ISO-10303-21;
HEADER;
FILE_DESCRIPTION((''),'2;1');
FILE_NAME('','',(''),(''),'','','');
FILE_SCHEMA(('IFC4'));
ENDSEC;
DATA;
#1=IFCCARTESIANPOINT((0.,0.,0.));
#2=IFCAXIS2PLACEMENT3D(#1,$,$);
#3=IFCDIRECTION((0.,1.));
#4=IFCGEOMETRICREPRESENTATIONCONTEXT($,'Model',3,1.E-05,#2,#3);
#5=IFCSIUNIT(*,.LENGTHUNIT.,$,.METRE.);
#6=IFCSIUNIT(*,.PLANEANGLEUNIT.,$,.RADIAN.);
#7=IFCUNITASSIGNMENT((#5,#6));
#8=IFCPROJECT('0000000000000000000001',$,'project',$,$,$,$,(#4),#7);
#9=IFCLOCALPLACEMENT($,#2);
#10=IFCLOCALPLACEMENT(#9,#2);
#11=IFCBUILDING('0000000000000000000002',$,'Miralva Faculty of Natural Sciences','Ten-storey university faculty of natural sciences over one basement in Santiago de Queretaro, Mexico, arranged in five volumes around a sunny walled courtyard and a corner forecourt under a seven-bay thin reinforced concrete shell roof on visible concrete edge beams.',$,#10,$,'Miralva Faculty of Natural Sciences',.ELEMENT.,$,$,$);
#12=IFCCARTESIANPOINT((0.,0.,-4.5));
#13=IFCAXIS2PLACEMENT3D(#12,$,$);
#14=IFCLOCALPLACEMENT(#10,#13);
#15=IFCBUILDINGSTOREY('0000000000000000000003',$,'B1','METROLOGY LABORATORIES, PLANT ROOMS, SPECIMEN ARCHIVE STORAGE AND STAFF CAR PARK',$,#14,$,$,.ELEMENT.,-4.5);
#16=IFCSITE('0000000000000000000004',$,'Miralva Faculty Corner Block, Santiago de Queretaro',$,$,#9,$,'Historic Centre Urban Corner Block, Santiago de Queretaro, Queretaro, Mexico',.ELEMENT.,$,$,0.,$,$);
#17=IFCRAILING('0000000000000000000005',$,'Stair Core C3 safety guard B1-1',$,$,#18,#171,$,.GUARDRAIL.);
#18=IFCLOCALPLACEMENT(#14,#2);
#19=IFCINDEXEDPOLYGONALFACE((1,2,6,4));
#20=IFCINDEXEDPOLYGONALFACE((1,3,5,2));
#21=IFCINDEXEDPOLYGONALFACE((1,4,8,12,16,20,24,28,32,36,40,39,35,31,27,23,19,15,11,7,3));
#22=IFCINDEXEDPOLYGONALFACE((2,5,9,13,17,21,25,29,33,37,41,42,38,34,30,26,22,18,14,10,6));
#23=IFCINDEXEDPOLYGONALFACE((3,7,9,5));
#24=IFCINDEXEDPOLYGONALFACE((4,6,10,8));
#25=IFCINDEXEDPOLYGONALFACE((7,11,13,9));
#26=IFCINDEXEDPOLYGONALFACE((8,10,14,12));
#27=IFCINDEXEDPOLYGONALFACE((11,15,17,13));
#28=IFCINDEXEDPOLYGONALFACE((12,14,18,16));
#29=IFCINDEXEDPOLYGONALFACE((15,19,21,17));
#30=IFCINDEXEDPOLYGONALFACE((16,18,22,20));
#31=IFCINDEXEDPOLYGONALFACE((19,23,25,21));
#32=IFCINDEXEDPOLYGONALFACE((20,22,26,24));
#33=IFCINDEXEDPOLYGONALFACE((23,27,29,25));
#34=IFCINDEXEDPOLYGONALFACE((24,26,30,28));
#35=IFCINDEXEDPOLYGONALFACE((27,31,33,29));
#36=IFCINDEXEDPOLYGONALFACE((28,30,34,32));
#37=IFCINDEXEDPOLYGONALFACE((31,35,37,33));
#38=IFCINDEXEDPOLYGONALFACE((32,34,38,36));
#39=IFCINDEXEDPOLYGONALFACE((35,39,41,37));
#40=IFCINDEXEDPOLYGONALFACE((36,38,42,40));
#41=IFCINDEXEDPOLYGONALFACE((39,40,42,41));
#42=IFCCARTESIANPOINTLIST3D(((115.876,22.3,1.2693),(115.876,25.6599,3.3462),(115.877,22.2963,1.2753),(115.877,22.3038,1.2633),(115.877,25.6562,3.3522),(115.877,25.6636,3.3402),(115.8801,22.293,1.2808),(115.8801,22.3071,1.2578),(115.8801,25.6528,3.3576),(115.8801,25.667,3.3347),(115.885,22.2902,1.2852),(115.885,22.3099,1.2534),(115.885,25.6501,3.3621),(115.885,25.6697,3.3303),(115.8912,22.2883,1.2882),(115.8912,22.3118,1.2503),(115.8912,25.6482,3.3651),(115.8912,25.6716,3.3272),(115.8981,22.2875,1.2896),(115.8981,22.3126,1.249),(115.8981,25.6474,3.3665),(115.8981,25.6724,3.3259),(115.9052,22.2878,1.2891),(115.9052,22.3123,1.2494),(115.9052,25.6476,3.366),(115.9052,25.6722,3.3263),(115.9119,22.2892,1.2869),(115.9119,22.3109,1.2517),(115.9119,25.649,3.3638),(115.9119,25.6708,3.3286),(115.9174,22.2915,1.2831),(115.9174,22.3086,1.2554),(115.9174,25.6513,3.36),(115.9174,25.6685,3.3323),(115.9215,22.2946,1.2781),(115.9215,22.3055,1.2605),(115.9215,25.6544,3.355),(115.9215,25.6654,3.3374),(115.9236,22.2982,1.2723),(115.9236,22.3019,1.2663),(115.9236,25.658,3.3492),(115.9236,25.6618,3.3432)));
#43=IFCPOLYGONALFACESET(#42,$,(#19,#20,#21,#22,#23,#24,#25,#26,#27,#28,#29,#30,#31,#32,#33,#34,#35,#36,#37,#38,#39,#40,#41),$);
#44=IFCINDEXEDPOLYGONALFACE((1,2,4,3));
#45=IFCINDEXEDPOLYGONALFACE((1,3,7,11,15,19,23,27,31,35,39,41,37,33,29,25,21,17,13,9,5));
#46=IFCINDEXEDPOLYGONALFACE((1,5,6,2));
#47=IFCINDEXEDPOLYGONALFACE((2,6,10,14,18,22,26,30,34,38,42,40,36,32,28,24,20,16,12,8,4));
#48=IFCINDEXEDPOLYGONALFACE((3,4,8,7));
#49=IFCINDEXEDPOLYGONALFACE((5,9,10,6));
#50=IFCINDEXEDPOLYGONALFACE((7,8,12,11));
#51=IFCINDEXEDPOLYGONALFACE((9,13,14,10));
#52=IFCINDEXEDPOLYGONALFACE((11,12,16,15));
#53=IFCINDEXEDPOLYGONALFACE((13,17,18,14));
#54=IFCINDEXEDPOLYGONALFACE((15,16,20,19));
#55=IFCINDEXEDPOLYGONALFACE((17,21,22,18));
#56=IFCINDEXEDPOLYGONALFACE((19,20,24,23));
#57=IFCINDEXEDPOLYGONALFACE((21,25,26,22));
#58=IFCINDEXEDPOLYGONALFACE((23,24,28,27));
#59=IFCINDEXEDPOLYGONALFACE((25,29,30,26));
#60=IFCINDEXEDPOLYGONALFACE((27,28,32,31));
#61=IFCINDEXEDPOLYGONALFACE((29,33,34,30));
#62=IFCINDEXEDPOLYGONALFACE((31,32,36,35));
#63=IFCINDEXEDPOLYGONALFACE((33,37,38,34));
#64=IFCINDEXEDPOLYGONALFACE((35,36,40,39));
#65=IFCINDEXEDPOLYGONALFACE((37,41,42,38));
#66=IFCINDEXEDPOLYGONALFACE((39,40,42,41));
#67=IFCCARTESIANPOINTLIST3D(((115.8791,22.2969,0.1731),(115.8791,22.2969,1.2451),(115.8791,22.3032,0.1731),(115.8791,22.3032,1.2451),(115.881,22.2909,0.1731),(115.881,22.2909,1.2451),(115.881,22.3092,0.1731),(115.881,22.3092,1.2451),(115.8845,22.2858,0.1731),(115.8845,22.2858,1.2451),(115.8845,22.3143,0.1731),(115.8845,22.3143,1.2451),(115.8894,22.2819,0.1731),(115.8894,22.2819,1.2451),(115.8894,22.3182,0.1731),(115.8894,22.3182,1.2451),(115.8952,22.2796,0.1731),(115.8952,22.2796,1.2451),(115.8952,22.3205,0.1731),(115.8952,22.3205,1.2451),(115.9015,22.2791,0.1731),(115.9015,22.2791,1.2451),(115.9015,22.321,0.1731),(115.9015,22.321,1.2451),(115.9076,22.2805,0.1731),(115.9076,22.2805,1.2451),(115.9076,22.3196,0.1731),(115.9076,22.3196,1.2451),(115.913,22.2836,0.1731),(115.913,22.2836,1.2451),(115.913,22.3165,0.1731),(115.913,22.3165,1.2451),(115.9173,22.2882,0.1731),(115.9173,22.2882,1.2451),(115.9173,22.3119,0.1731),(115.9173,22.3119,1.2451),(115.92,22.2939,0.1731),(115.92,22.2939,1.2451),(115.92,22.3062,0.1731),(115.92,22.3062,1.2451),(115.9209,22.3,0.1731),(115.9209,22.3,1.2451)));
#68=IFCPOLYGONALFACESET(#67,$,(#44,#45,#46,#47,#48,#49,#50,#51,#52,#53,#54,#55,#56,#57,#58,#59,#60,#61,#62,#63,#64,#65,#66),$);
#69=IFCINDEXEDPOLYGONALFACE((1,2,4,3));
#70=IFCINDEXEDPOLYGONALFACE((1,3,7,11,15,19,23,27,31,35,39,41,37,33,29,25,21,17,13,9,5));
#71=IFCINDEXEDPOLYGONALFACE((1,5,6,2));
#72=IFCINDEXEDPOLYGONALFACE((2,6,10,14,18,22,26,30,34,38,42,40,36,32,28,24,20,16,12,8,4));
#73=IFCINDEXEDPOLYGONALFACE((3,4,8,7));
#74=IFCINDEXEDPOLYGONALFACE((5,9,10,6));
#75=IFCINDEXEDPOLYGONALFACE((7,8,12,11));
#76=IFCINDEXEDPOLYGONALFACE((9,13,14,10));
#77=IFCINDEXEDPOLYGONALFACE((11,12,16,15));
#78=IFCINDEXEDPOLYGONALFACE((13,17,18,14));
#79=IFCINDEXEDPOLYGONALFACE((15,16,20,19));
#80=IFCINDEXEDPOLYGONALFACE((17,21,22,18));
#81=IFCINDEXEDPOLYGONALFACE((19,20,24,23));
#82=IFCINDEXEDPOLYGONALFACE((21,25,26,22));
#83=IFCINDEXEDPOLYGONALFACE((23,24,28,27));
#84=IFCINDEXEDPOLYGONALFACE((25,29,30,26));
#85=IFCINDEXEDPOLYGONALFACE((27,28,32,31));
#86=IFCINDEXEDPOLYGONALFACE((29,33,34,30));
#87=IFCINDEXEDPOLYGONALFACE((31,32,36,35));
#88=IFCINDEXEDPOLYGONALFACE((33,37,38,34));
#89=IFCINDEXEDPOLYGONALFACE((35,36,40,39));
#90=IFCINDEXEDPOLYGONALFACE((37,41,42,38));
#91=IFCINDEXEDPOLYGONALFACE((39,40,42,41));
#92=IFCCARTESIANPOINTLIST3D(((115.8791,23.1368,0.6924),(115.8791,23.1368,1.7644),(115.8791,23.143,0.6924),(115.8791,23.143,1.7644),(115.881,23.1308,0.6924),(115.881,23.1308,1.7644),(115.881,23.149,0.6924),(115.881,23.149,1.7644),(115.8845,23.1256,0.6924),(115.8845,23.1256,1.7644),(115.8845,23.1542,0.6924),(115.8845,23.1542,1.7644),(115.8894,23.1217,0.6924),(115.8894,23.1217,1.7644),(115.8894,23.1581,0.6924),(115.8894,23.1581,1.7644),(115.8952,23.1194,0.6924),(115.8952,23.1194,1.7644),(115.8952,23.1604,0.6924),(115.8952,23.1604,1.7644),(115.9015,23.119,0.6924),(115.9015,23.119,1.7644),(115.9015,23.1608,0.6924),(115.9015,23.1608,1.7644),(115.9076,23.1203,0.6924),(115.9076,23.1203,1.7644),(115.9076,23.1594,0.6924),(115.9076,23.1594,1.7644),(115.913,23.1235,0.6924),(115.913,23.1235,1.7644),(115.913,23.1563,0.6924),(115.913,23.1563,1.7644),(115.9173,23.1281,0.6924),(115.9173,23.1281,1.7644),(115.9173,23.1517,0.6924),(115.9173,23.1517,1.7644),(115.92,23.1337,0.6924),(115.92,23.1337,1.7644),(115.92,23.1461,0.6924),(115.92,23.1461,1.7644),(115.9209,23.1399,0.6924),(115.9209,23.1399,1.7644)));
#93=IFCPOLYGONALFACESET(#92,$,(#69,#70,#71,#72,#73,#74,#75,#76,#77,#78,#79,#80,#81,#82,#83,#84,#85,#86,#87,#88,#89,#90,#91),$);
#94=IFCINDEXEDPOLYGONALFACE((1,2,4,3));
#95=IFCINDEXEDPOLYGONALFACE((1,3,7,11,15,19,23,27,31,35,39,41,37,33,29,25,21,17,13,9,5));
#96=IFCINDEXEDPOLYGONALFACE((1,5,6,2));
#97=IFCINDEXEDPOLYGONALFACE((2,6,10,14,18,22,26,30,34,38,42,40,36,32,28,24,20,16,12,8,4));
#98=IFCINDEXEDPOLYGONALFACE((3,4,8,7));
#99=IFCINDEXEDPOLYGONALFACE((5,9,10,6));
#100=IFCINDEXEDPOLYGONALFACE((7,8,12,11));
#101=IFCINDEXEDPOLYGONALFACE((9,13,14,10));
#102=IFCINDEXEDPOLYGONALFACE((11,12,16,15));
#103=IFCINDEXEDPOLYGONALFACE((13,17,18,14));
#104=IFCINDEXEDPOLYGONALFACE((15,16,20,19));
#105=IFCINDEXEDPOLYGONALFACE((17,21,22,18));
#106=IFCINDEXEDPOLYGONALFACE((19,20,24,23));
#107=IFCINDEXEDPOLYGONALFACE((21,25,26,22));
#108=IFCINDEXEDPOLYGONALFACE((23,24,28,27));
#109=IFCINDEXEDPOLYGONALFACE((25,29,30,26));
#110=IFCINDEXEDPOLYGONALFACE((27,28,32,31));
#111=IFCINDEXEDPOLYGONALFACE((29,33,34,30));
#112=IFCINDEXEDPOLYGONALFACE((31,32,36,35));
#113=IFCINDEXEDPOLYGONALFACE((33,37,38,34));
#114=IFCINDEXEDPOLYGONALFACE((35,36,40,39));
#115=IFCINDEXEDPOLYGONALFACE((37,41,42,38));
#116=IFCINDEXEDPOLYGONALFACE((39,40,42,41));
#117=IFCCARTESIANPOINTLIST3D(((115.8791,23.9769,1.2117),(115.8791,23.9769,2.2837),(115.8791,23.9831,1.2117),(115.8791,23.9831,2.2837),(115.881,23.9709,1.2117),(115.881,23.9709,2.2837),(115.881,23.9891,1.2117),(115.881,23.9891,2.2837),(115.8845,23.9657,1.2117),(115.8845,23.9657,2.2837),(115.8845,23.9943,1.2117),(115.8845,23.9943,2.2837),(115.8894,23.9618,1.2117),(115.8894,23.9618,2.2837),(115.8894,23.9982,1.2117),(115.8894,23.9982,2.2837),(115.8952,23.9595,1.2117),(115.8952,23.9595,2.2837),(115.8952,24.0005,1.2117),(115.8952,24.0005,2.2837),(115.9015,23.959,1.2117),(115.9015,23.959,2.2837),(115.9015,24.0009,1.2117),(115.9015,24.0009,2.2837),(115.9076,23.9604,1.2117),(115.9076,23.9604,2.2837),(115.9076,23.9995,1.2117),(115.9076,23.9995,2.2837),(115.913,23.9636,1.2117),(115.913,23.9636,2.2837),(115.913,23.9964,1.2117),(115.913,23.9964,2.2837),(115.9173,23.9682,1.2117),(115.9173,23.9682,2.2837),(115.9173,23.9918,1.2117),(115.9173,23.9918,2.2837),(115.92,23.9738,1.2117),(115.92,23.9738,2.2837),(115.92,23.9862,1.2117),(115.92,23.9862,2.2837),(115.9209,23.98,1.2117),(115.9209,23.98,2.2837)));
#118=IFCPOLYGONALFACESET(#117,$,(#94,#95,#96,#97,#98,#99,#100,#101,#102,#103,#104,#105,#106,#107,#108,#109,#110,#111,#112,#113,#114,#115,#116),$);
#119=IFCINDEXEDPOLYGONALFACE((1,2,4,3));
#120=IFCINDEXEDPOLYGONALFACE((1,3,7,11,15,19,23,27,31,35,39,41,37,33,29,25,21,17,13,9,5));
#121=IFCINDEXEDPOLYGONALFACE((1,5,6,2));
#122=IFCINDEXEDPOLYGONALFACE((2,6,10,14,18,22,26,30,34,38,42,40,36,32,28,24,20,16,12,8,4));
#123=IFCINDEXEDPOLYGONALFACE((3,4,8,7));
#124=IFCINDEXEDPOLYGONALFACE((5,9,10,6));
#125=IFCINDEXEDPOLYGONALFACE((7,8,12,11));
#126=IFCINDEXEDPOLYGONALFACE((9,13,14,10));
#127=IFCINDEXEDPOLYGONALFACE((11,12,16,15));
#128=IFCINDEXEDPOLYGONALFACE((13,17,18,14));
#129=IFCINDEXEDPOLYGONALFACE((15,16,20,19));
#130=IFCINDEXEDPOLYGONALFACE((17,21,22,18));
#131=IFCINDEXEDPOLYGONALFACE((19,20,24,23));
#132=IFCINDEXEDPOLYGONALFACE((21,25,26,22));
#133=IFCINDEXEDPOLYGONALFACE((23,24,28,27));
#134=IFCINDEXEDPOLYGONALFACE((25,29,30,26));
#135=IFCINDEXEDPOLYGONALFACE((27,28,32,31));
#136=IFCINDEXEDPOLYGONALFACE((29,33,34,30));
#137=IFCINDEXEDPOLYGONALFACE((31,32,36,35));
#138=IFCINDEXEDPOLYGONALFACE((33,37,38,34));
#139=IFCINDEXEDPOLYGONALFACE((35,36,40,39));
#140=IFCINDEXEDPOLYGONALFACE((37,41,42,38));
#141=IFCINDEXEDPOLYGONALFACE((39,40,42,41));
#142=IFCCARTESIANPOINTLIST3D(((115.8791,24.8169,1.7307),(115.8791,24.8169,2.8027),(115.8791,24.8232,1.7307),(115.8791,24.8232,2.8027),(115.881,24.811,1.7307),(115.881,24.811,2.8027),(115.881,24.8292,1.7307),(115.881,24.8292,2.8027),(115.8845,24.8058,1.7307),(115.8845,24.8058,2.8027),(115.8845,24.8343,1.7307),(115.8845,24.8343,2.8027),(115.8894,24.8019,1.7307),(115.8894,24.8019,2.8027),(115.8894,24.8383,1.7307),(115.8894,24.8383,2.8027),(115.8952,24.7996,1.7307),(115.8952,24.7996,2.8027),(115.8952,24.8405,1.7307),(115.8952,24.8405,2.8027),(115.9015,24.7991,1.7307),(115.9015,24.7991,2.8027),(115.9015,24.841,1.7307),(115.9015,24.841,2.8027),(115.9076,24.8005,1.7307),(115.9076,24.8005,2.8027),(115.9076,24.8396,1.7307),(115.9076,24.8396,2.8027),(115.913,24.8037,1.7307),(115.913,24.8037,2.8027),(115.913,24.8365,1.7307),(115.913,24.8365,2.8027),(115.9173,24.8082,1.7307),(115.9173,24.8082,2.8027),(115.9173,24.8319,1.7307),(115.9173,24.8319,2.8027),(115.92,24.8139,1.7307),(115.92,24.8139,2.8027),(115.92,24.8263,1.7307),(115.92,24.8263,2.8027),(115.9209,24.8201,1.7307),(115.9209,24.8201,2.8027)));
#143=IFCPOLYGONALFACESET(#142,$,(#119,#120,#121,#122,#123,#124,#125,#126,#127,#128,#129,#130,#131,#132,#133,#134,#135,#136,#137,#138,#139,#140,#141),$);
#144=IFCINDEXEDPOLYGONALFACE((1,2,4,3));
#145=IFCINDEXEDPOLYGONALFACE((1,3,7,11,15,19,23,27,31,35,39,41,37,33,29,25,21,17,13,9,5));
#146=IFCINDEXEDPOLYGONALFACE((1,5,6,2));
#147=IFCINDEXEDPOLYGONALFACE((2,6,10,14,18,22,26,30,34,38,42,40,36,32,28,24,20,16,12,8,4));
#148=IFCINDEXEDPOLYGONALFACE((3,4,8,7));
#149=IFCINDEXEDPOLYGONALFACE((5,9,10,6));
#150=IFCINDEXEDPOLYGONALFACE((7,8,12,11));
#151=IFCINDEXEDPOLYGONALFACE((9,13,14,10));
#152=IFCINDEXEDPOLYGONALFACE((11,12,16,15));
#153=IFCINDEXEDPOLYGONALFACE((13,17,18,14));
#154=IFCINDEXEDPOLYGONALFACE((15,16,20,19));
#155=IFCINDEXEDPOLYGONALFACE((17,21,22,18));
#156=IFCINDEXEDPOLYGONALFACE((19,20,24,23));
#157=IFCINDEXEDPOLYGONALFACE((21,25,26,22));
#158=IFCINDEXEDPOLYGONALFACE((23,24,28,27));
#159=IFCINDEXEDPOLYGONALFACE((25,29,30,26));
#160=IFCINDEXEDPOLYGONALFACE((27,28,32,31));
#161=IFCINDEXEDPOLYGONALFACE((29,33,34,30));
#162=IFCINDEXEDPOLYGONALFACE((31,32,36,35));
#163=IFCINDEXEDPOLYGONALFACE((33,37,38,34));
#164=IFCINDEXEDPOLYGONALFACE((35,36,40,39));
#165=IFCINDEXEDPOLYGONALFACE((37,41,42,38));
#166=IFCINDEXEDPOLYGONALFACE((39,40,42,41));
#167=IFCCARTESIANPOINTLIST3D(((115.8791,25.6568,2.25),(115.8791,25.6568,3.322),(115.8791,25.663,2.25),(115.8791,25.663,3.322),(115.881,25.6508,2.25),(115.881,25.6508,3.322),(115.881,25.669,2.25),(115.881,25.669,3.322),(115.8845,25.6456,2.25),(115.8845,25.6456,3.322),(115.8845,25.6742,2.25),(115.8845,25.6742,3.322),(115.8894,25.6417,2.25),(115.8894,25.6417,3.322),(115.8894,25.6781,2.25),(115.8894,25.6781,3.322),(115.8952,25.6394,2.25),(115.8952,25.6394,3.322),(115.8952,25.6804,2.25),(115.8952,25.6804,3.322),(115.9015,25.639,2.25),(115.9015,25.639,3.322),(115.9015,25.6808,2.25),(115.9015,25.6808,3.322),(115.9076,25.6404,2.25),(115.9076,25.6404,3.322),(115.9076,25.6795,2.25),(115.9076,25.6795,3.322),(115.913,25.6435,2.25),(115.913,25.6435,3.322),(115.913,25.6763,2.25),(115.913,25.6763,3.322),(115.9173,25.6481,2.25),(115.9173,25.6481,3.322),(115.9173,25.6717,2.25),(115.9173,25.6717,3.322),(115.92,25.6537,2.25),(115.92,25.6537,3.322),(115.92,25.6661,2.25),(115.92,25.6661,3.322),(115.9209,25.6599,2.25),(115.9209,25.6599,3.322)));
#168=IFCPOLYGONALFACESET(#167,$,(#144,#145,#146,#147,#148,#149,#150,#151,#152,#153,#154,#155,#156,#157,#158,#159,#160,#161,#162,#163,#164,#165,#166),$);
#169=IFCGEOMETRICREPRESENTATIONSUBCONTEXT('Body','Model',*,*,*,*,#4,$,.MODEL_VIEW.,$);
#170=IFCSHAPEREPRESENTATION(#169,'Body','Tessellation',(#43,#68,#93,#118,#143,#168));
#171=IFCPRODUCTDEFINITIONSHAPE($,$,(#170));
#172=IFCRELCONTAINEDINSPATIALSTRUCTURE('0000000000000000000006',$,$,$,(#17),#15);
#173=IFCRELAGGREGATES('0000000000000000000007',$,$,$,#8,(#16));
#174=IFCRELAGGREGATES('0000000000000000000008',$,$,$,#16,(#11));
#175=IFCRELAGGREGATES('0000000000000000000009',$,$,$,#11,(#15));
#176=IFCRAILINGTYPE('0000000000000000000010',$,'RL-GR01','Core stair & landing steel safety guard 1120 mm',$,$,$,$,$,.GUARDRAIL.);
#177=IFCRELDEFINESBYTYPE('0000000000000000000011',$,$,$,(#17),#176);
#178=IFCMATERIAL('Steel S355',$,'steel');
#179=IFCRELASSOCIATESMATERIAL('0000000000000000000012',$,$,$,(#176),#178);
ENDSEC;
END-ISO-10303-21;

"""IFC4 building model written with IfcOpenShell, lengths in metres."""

from ifc_helpers import new_model, si_unit, direction, frame, origin, origin_2d, place, context, subcontext, project, spatial, circle, extrude, material, type_object, element, save


model = new_model("IFC4")

# Units and contexts
model_context = context("Model", 3, precision=1e-05, world=origin(), true_north=direction((0.0, 1.0)))
body_context = subcontext(model_context, "Body", "Model", "MODEL_VIEW")
ifc_project = project(units=[si_unit("LENGTHUNIT", "METRE"), si_unit("PLANEANGLEUNIT", "RADIAN")], contexts=[model_context])

# Site, building, storey
site_placement = place(None, origin())
site = spatial("IfcSite", under=ifc_project, at=site_placement, Name="Miralva Faculty Corner Block, Santiago de Queretaro", LongName="Historic Centre Urban Corner Block, Santiago de Queretaro, Queretaro, Mexico", CompositionType="ELEMENT", RefElevation=0.0)
building_placement = place(site_placement, origin())
building = spatial("IfcBuilding", under=site, at=building_placement, Name="Miralva Faculty of Natural Sciences", Description="Ten-storey university faculty of natural sciences over one basement in Santiago de Queretaro, Mexico, arranged in five volumes around a sunny walled courtyard and a corner forecourt under a seven-bay thin reinforced concrete shell roof on visible concrete edge beams.", LongName="Miralva Faculty of Natural Sciences", CompositionType="ELEMENT")
storey_placement = place(building_placement, frame((0.0, 0.0, -4.5)))
storey = spatial("IfcBuildingStorey", under=building, at=storey_placement, Name="B1", Description="METROLOGY LABORATORIES, PLANT ROOMS, SPECIMEN ARCHIVE STORAGE AND STAFF CAR PARK", CompositionType="ELEMENT", Elevation=-4.5)

# Railing
ifc_material_1 = material(Name="Steel S355", Category="steel")
railing_type_1 = type_object("IfcRailingType", Name="RL-GR01", Description="Core stair & landing steel safety guard 1120 mm", PredefinedType="GUARDRAIL", material=ifc_material_1)
railing_1_placement = place(storey_placement, frame((115.8999, 22.3, 0.1731)))
element("IfcRailing", 1, at=railing_1_placement, inside=storey, type_object=railing_type_1, Name="Stair Core C3 safety guard B1-1", PredefinedType="GUARDRAIL", context=body_context, shape_type="SweptSolid", body=[
    extrude(circle(Radius=0.0239, at=origin_2d()), frame((0.0, 0.0, 1.0962), z_axis=(0.0, 0.850606, 0.525803), x_axis=(-1.0, 0.0, 0.0)), (0.0, 0.0, 1.0), 3.95),
    extrude(circle(Radius=0.021, at=origin_2d()), origin(), (0.0, 0.0, 1.0), 1.072),
    extrude(circle(Radius=0.021, at=origin_2d()), frame((0.0, 0.8398, 0.5193)), (0.0, 0.0, 1.0), 1.072),
    extrude(circle(Radius=0.021, at=origin_2d()), frame((0.0, 1.6799, 1.0386)), (0.0, 0.0, 1.0), 1.072),
    extrude(circle(Radius=0.021, at=origin_2d()), frame((0.0, 2.52, 1.5576)), (0.0, 0.0, 1.0), 1.072),
    extrude(circle(Radius=0.021, at=origin_2d()), frame((0.0, 3.3599, 2.0769)), (0.0, 0.0, 1.0), 1.072),
])

save(model, "model.ifc")
